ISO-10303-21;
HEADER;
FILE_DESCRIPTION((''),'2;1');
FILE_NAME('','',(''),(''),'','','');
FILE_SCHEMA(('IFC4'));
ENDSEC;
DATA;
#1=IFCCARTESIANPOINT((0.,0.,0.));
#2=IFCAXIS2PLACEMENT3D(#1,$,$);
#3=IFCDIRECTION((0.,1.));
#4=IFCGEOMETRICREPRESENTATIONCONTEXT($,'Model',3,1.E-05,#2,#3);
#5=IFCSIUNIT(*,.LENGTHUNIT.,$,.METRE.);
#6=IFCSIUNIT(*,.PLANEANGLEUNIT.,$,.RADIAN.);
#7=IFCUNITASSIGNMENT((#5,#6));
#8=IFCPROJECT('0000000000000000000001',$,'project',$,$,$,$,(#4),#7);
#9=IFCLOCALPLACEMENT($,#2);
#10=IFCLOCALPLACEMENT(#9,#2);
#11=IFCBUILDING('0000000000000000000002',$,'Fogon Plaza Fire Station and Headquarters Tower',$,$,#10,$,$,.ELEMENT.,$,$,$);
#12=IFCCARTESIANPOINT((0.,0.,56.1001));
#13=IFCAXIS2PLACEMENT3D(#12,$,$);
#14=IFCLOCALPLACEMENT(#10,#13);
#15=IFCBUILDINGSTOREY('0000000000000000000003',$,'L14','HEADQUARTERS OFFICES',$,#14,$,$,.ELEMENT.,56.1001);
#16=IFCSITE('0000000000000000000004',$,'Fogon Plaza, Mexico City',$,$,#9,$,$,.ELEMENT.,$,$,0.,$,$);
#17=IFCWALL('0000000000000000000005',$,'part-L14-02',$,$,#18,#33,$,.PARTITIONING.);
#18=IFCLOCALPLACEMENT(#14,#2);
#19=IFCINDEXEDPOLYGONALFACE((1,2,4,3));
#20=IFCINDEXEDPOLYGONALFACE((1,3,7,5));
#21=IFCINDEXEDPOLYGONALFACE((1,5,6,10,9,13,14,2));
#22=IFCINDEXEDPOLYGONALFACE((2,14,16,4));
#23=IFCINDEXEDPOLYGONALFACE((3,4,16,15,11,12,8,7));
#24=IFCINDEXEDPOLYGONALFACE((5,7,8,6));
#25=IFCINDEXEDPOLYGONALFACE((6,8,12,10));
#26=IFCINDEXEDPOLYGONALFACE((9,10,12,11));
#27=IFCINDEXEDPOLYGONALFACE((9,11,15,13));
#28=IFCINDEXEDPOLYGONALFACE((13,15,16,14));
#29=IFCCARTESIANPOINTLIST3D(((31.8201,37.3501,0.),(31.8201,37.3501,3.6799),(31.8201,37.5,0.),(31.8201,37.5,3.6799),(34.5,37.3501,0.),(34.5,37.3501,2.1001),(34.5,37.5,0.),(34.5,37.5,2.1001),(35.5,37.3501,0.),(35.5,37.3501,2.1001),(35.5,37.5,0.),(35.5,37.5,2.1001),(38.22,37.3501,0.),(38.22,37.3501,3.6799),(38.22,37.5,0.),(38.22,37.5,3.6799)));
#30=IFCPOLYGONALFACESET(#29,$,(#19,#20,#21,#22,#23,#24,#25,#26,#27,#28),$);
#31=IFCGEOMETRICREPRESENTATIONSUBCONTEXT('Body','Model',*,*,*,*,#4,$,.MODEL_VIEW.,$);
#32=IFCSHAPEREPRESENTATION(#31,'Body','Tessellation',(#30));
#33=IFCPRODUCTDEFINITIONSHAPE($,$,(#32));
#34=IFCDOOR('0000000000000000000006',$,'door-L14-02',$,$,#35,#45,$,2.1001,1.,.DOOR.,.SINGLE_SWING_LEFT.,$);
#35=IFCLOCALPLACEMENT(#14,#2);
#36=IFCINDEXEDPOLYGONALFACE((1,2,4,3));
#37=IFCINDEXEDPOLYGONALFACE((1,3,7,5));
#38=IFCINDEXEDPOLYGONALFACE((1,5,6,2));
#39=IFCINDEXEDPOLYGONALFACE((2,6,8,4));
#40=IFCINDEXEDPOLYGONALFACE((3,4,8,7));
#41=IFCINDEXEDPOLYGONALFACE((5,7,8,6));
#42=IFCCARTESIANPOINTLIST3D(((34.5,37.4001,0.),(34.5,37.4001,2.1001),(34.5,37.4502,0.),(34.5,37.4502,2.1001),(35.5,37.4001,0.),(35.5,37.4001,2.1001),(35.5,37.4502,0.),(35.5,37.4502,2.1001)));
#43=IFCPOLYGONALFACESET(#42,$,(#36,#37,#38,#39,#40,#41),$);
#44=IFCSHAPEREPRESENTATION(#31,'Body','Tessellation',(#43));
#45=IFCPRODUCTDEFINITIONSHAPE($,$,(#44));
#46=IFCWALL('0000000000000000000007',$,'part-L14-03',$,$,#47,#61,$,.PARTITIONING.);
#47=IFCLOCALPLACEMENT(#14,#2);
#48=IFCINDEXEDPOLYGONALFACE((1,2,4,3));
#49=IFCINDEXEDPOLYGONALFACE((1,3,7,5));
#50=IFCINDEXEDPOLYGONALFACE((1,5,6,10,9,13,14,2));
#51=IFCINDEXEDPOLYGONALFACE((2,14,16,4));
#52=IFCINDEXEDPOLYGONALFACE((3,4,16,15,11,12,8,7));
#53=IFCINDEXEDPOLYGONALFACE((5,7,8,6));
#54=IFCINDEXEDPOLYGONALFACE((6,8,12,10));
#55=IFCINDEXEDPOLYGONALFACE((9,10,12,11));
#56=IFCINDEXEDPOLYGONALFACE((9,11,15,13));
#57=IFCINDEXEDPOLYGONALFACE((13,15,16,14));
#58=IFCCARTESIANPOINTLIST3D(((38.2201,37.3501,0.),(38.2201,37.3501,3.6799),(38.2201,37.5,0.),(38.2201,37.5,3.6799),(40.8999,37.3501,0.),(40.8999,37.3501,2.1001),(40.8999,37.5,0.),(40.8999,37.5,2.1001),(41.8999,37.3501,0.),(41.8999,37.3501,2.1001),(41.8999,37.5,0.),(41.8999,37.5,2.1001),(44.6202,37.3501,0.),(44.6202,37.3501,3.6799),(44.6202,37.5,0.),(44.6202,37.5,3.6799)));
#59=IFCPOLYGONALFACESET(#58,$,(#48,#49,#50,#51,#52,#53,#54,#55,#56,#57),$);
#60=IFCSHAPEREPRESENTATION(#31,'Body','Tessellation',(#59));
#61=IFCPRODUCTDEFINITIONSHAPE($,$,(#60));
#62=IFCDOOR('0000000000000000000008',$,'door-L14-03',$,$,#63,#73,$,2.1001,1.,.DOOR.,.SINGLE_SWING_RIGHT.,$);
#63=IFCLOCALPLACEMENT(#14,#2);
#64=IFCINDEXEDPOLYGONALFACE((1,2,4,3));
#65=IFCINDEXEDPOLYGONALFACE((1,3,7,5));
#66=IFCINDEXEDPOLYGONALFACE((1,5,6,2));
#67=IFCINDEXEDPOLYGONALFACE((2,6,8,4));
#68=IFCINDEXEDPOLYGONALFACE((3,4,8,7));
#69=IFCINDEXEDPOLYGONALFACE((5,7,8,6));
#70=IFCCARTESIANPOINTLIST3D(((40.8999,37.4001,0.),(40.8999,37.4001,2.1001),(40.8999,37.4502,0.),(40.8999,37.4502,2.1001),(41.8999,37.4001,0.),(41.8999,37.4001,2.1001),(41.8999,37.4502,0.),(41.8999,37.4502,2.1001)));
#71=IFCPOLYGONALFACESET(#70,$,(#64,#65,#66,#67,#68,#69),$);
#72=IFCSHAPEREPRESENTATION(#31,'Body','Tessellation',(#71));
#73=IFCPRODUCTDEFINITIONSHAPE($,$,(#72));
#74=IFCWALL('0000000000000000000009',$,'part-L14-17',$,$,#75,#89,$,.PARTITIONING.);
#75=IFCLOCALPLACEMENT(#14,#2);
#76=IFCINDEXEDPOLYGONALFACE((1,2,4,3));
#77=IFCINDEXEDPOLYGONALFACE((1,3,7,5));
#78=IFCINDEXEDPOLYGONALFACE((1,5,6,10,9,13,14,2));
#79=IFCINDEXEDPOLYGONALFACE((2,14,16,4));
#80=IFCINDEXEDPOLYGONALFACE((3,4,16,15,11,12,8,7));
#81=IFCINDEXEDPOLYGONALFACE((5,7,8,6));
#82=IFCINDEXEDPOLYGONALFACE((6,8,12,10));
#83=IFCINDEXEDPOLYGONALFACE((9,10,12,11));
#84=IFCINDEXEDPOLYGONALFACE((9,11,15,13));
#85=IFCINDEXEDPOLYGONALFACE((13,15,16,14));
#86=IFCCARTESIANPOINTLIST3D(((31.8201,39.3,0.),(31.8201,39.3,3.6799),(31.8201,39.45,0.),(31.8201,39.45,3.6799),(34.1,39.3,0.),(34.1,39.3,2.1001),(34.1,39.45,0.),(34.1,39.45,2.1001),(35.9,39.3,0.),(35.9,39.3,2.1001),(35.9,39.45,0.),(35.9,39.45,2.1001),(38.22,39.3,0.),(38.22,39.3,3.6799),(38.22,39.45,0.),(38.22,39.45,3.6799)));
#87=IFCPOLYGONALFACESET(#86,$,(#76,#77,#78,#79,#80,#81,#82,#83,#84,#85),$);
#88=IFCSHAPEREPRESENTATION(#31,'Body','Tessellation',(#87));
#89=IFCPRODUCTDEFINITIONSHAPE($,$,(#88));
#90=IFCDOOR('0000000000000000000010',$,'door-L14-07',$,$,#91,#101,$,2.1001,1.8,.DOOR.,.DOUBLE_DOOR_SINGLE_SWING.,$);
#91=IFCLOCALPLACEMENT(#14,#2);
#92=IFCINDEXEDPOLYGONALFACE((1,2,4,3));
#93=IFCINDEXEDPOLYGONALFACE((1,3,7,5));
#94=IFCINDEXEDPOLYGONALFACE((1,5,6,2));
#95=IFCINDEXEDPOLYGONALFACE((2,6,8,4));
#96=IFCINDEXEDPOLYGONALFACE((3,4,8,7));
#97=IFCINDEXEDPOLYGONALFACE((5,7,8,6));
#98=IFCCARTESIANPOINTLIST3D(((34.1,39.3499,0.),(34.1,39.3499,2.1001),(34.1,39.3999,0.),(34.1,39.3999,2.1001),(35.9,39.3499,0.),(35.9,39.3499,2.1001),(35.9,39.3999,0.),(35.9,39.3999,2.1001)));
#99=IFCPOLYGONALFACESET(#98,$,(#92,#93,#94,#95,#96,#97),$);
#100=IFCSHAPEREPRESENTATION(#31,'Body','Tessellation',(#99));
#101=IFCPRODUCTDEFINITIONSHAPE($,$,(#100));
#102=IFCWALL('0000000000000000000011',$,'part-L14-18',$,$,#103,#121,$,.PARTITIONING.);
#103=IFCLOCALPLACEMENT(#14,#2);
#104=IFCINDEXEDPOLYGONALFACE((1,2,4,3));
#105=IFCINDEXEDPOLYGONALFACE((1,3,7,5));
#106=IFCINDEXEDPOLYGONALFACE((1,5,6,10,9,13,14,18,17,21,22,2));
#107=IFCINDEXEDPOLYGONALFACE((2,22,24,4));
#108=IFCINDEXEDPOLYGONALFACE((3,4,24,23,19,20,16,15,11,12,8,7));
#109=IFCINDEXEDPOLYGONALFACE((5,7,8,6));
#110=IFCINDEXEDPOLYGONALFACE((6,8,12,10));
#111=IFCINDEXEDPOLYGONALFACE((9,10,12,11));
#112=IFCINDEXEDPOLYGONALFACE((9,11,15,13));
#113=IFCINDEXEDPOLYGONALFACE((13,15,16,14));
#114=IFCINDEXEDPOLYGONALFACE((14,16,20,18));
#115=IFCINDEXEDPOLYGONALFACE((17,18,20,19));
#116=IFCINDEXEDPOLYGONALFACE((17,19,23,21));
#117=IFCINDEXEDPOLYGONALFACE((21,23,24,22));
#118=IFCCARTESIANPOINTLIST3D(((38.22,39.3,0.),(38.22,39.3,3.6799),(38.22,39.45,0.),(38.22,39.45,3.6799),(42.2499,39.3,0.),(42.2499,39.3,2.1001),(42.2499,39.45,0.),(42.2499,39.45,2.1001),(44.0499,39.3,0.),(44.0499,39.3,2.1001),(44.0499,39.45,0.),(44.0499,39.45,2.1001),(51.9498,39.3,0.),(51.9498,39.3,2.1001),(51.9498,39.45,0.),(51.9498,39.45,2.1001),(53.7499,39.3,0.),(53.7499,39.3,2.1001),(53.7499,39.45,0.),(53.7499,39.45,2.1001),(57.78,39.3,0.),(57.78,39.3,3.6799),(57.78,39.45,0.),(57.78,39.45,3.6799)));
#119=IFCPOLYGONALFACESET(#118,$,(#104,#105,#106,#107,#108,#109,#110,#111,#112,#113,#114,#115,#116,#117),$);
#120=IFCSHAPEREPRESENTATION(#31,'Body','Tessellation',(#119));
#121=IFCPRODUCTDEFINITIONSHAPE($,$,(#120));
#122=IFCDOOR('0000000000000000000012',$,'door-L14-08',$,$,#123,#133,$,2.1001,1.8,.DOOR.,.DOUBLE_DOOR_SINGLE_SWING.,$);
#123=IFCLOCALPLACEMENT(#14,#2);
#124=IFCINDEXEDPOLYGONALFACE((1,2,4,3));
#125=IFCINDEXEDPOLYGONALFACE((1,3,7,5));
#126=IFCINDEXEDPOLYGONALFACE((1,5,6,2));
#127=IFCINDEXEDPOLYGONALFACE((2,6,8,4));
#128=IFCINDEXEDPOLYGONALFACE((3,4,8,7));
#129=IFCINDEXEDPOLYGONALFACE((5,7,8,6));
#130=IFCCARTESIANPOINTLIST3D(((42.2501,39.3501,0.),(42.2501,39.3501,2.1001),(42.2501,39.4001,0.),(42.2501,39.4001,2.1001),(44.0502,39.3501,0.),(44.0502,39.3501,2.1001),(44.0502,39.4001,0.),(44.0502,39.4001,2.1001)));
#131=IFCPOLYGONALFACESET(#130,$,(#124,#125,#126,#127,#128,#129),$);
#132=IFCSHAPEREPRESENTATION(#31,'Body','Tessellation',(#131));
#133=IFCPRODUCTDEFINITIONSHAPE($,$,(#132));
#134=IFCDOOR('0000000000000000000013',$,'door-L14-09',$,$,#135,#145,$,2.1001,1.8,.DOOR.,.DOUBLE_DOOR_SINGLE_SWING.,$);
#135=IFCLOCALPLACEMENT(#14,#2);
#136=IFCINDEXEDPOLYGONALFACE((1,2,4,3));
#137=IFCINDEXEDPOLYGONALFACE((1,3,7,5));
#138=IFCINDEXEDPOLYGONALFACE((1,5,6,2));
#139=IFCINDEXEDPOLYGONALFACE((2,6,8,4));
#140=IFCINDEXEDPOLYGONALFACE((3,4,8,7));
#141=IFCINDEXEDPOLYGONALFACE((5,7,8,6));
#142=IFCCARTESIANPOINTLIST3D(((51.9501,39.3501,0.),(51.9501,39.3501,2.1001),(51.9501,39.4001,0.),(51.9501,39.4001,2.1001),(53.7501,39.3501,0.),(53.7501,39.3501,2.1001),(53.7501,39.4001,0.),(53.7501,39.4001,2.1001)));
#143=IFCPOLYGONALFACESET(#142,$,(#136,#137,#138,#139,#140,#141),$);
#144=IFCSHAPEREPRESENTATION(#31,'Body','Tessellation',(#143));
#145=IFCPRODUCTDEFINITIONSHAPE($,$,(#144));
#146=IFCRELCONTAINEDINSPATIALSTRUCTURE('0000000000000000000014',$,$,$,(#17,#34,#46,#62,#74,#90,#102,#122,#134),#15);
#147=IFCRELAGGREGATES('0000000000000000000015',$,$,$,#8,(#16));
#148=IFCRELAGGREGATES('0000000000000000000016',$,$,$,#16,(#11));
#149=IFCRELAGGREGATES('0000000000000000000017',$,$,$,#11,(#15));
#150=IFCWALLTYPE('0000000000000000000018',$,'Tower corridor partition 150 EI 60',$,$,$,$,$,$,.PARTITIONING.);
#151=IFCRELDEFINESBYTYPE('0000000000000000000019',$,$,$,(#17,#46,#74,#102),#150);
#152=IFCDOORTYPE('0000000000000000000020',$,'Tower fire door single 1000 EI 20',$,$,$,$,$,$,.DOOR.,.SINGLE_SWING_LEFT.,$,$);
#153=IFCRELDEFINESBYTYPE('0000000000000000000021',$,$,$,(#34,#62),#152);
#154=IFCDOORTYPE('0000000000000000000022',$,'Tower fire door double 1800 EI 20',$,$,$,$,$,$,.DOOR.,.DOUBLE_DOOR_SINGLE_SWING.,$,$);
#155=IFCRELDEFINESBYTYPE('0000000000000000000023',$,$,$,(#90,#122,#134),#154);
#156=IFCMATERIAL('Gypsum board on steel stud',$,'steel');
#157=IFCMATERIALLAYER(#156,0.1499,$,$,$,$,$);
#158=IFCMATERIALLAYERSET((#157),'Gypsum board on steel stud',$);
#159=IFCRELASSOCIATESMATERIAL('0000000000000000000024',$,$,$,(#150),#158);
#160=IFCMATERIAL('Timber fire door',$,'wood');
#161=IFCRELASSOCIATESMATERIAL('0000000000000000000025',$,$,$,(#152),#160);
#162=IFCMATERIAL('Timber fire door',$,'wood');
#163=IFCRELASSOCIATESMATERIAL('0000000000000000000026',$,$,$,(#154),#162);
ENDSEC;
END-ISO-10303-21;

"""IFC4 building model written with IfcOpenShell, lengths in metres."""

from ifc_helpers import new_model, si_unit, direction, frame, frame_2d, origin, place, context, subcontext, project, spatial, rectangle, extrude, material, layer, layer_set, type_object, element, fill, save


model = new_model("IFC4")

# Units and contexts
model_context = context("Model", 3, precision=1e-05, world=origin(), true_north=direction((0.0, 1.0)))
body_context = subcontext(model_context, "Body", "Model", "MODEL_VIEW")
ifc_project = project(units=[si_unit("LENGTHUNIT", "METRE"), si_unit("PLANEANGLEUNIT", "RADIAN")], contexts=[model_context])

# Site, building, storey
site_placement = place(None, origin())
site = spatial("IfcSite", under=ifc_project, at=site_placement, Name="Fogon Plaza, Mexico City", CompositionType="ELEMENT", RefElevation=0.0)
building_placement = place(site_placement, origin())
building = spatial("IfcBuilding", under=site, at=building_placement, Name="Fogon Plaza Fire Station and Headquarters Tower", CompositionType="ELEMENT")
storey_placement = place(building_placement, frame((0.0, 0.0, 56.1001)))
storey = spatial("IfcBuildingStorey", under=building, at=storey_placement, Name="L14", Description="HEADQUARTERS OFFICES", CompositionType="ELEMENT", Elevation=56.1001)

# Walls, openings, doors
ifc_material_1 = material(Name="Gypsum board on steel stud", Category="steel")
ifc_layer_1 = layer(ifc_material_1, 0.1499)
ifc_layer_set_1 = layer_set([ifc_layer_1], Name="Gypsum board on steel stud")
wall_type_1 = type_object("IfcWallType", Name="Tower corridor partition 150 EI 60", PredefinedType="PARTITIONING", material=ifc_layer_set_1)
wall_1_placement = place(storey_placement, frame((31.8201, 37.425, 0.0), z_axis=(0.0, 0.0, 1.0), x_axis=(1.0, 0.0, 0.0)))
wall_1 = element("IfcWall", 1, at=wall_1_placement, inside=storey, type_object=wall_type_1, Name="part-L14-02", PredefinedType="PARTITIONING", context=body_context, shape_type="SweptSolid", body=[
    extrude(rectangle(XDim=6.3999, YDim=0.1499, at=frame_2d((3.2, 0.0))), origin(), (0.0, 0.0, 1.0), 3.6799),
])
opening_1_placement = place(wall_1_placement, frame((2.6799, 0.0, 0.0)))
opening_1 = element("IfcOpeningElement", 2, at=opening_1_placement, cuts=wall_1, PredefinedType="OPENING", context=body_context, shape_type="SweptSolid", body=[
    extrude(rectangle(XDim=1.0, YDim=2.1001, at=frame_2d((0.5, 1.05))), frame((0.0, 0.085, 0.0), z_axis=(0.0, -1.0, 0.0), x_axis=(1.0, 0.0, 0.0)), (0.0, 0.0, 1.0), 0.1699),
])
ifc_material_2 = material(Name="Timber fire door", Category="wood")
door_type_1 = type_object("IfcDoorType", Name="Tower fire door single 1000 EI 20", OperationType="SINGLE_SWING_LEFT", PredefinedType="DOOR", material=ifc_material_2)
door_1_placement = place(opening_1_placement, frame((1.0, 0.0, 0.0), z_axis=(0.0, 0.0, 1.0), x_axis=(-1.0, 0.0, 0.0)))
door_1 = element("IfcDoor", 3, at=door_1_placement, inside=storey, type_object=door_type_1, Name="door-L14-02", OperationType="SINGLE_SWING_LEFT", OverallHeight=2.1001, OverallWidth=1.0, PredefinedType="DOOR", context=body_context, shape_type="SweptSolid", body=[
    extrude(rectangle(XDim=1.0, YDim=2.1001, at=frame_2d((0.5, 1.05))), frame((0.0, 0.0249, 0.0), z_axis=(0.0, -1.0, 0.0), x_axis=(1.0, 0.0, 0.0)), (0.0, 0.0, 1.0), 0.05),
])
fill(opening_1, door_1)
wall_2_placement = place(storey_placement, frame((38.22, 37.425, 0.0), z_axis=(0.0, 0.0, 1.0), x_axis=(1.0, 0.0, 0.0)))
wall_2 = element("IfcWall", 4, at=wall_2_placement, inside=storey, type_object=wall_type_1, Name="part-L14-03", PredefinedType="PARTITIONING", context=body_context, shape_type="SweptSolid", body=[
    extrude(rectangle(XDim=6.4001, YDim=0.1499, at=frame_2d((3.2002, 0.0))), origin(), (0.0, 0.0, 1.0), 3.6799),
])
opening_2_placement = place(wall_2_placement, frame((2.6799, 0.0, 0.0)))
opening_2 = element("IfcOpeningElement", 5, at=opening_2_placement, cuts=wall_2, PredefinedType="OPENING", context=body_context, shape_type="SweptSolid", body=[
    extrude(rectangle(XDim=1.0, YDim=2.1001, at=frame_2d((0.5, 1.05))), frame((0.0, 0.085, 0.0), z_axis=(0.0, -1.0, 0.0), x_axis=(1.0, 0.0, 0.0)), (0.0, 0.0, 1.0), 0.1699),
])
door_2_placement = place(opening_2_placement, frame((1.0, 0.0, 0.0), z_axis=(0.0, 0.0, 1.0), x_axis=(-1.0, 0.0, 0.0)))
door_2 = element("IfcDoor", 6, at=door_2_placement, inside=storey, type_object=door_type_1, Name="door-L14-03", OperationType="SINGLE_SWING_RIGHT", OverallHeight=2.1001, OverallWidth=1.0, PredefinedType="DOOR", context=body_context, shape_type="SweptSolid", body=[
    extrude(rectangle(XDim=1.0, YDim=2.1001, at=frame_2d((0.5, 1.05))), frame((0.0, 0.0249, 0.0), z_axis=(0.0, -1.0, 0.0), x_axis=(1.0, 0.0, 0.0)), (0.0, 0.0, 1.0), 0.05),
])
fill(opening_2, door_2)
wall_3_placement = place(storey_placement, frame((31.8201, 39.375, 0.0), z_axis=(0.0, 0.0, 1.0), x_axis=(1.0, 0.0, 0.0)))
wall_3 = element("IfcWall", 7, at=wall_3_placement, inside=storey, type_object=wall_type_1, Name="part-L14-17", PredefinedType="PARTITIONING", context=body_context, shape_type="SweptSolid", body=[
    extrude(rectangle(XDim=6.3999, YDim=0.1499, at=frame_2d((3.2, 0.0))), origin(), (0.0, 0.0, 1.0), 3.6799),
])
opening_3_placement = place(wall_3_placement, frame((2.28, 0.0, 0.0)))
opening_3 = element("IfcOpeningElement", 8, at=opening_3_placement, cuts=wall_3, PredefinedType="OPENING", context=body_context, shape_type="SweptSolid", body=[
    extrude(rectangle(XDim=1.8, YDim=2.1001, at=frame_2d((0.8999, 1.05))), frame((0.0, 0.085, 0.0), z_axis=(0.0, -1.0, 0.0), x_axis=(1.0, 0.0, 0.0)), (0.0, 0.0, 1.0), 0.1699),
])
ifc_material_3 = material(Name="Timber fire door", Category="wood")
door_type_2 = type_object("IfcDoorType", Name="Tower fire door double 1800 EI 20", OperationType="DOUBLE_DOOR_SINGLE_SWING", PredefinedType="DOOR", material=ifc_material_3)
door_3_placement = place(opening_3_placement, origin())
door_3 = element("IfcDoor", 9, at=door_3_placement, inside=storey, type_object=door_type_2, Name="door-L14-07", OperationType="DOUBLE_DOOR_SINGLE_SWING", OverallHeight=2.1001, OverallWidth=1.8, PredefinedType="DOOR", context=body_context, shape_type="SweptSolid", body=[
    extrude(rectangle(XDim=1.8, YDim=2.1001, at=frame_2d((0.8999, 1.05))), frame((0.0, 0.0249, 0.0), z_axis=(0.0, -1.0, 0.0), x_axis=(1.0, 0.0, 0.0)), (0.0, 0.0, 1.0), 0.05),
])
fill(opening_3, door_3)

# Wall, openings, doors
wall_4_placement = place(storey_placement, frame((38.22, 39.375, 0.0), z_axis=(0.0, 0.0, 1.0), x_axis=(1.0, 0.0, 0.0)))
wall_4 = element("IfcWall", 10, at=wall_4_placement, inside=storey, type_object=wall_type_1, Name="part-L14-18", PredefinedType="PARTITIONING", context=body_context, shape_type="SweptSolid", body=[
    extrude(rectangle(XDim=19.5601, YDim=0.1499, at=frame_2d((9.78, 0.0))), origin(), (0.0, 0.0, 1.0), 3.6799),
])
opening_4_placement = place(wall_4_placement, frame((4.03, 0.0, 0.0)))
opening_4 = element("IfcOpeningElement", 11, at=opening_4_placement, cuts=wall_4, PredefinedType="OPENING", context=body_context, shape_type="SweptSolid", body=[
    extrude(rectangle(XDim=1.8, YDim=2.1001, at=frame_2d((0.8999, 1.05))), frame((0.0, 0.085, 0.0), z_axis=(0.0, -1.0, 0.0), x_axis=(1.0, 0.0, 0.0)), (0.0, 0.0, 1.0), 0.1699),
])
opening_5_placement = place(wall_4_placement, frame((13.73, 0.0, 0.0)))
opening_5 = element("IfcOpeningElement", 12, at=opening_5_placement, cuts=wall_4, PredefinedType="OPENING", context=body_context, shape_type="SweptSolid", body=[
    extrude(rectangle(XDim=1.8, YDim=2.1001, at=frame_2d((0.8999, 1.05))), frame((0.0, 0.085, 0.0), z_axis=(0.0, -1.0, 0.0), x_axis=(1.0, 0.0, 0.0)), (0.0, 0.0, 1.0), 0.1699),
])
door_4_placement = place(opening_4_placement, frame((1.8, 0.0, 0.0), z_axis=(0.0, 0.0, 1.0), x_axis=(-1.0, 0.0, 0.0)))
door_4 = element("IfcDoor", 13, at=door_4_placement, inside=storey, type_object=door_type_2, Name="door-L14-08", OperationType="DOUBLE_DOOR_SINGLE_SWING", OverallHeight=2.1001, OverallWidth=1.8, PredefinedType="DOOR", context=body_context, shape_type="SweptSolid", body=[
    extrude(rectangle(XDim=1.8, YDim=2.1001, at=frame_2d((0.8999, 1.05))), frame((0.0, 0.0249, 0.0), z_axis=(0.0, -1.0, 0.0), x_axis=(1.0, 0.0, 0.0)), (0.0, 0.0, 1.0), 0.05),
])
fill(opening_4, door_4)
door_5_placement = place(opening_5_placement, frame((1.8, 0.0, 0.0), z_axis=(0.0, 0.0, 1.0), x_axis=(-1.0, 0.0, 0.0)))
door_5 = element("IfcDoor", 14, at=door_5_placement, inside=storey, type_object=door_type_2, Name="door-L14-09", OperationType="DOUBLE_DOOR_SINGLE_SWING", OverallHeight=2.1001, OverallWidth=1.8, PredefinedType="DOOR", context=body_context, shape_type="SweptSolid", body=[
    extrude(rectangle(XDim=1.8, YDim=2.1001, at=frame_2d((0.8999, 1.05))), frame((0.0, 0.0249, 0.0), z_axis=(0.0, -1.0, 0.0), x_axis=(1.0, 0.0, 0.0)), (0.0, 0.0, 1.0), 0.05),
])
fill(opening_5, door_5)

save(model, "model.ifc")
